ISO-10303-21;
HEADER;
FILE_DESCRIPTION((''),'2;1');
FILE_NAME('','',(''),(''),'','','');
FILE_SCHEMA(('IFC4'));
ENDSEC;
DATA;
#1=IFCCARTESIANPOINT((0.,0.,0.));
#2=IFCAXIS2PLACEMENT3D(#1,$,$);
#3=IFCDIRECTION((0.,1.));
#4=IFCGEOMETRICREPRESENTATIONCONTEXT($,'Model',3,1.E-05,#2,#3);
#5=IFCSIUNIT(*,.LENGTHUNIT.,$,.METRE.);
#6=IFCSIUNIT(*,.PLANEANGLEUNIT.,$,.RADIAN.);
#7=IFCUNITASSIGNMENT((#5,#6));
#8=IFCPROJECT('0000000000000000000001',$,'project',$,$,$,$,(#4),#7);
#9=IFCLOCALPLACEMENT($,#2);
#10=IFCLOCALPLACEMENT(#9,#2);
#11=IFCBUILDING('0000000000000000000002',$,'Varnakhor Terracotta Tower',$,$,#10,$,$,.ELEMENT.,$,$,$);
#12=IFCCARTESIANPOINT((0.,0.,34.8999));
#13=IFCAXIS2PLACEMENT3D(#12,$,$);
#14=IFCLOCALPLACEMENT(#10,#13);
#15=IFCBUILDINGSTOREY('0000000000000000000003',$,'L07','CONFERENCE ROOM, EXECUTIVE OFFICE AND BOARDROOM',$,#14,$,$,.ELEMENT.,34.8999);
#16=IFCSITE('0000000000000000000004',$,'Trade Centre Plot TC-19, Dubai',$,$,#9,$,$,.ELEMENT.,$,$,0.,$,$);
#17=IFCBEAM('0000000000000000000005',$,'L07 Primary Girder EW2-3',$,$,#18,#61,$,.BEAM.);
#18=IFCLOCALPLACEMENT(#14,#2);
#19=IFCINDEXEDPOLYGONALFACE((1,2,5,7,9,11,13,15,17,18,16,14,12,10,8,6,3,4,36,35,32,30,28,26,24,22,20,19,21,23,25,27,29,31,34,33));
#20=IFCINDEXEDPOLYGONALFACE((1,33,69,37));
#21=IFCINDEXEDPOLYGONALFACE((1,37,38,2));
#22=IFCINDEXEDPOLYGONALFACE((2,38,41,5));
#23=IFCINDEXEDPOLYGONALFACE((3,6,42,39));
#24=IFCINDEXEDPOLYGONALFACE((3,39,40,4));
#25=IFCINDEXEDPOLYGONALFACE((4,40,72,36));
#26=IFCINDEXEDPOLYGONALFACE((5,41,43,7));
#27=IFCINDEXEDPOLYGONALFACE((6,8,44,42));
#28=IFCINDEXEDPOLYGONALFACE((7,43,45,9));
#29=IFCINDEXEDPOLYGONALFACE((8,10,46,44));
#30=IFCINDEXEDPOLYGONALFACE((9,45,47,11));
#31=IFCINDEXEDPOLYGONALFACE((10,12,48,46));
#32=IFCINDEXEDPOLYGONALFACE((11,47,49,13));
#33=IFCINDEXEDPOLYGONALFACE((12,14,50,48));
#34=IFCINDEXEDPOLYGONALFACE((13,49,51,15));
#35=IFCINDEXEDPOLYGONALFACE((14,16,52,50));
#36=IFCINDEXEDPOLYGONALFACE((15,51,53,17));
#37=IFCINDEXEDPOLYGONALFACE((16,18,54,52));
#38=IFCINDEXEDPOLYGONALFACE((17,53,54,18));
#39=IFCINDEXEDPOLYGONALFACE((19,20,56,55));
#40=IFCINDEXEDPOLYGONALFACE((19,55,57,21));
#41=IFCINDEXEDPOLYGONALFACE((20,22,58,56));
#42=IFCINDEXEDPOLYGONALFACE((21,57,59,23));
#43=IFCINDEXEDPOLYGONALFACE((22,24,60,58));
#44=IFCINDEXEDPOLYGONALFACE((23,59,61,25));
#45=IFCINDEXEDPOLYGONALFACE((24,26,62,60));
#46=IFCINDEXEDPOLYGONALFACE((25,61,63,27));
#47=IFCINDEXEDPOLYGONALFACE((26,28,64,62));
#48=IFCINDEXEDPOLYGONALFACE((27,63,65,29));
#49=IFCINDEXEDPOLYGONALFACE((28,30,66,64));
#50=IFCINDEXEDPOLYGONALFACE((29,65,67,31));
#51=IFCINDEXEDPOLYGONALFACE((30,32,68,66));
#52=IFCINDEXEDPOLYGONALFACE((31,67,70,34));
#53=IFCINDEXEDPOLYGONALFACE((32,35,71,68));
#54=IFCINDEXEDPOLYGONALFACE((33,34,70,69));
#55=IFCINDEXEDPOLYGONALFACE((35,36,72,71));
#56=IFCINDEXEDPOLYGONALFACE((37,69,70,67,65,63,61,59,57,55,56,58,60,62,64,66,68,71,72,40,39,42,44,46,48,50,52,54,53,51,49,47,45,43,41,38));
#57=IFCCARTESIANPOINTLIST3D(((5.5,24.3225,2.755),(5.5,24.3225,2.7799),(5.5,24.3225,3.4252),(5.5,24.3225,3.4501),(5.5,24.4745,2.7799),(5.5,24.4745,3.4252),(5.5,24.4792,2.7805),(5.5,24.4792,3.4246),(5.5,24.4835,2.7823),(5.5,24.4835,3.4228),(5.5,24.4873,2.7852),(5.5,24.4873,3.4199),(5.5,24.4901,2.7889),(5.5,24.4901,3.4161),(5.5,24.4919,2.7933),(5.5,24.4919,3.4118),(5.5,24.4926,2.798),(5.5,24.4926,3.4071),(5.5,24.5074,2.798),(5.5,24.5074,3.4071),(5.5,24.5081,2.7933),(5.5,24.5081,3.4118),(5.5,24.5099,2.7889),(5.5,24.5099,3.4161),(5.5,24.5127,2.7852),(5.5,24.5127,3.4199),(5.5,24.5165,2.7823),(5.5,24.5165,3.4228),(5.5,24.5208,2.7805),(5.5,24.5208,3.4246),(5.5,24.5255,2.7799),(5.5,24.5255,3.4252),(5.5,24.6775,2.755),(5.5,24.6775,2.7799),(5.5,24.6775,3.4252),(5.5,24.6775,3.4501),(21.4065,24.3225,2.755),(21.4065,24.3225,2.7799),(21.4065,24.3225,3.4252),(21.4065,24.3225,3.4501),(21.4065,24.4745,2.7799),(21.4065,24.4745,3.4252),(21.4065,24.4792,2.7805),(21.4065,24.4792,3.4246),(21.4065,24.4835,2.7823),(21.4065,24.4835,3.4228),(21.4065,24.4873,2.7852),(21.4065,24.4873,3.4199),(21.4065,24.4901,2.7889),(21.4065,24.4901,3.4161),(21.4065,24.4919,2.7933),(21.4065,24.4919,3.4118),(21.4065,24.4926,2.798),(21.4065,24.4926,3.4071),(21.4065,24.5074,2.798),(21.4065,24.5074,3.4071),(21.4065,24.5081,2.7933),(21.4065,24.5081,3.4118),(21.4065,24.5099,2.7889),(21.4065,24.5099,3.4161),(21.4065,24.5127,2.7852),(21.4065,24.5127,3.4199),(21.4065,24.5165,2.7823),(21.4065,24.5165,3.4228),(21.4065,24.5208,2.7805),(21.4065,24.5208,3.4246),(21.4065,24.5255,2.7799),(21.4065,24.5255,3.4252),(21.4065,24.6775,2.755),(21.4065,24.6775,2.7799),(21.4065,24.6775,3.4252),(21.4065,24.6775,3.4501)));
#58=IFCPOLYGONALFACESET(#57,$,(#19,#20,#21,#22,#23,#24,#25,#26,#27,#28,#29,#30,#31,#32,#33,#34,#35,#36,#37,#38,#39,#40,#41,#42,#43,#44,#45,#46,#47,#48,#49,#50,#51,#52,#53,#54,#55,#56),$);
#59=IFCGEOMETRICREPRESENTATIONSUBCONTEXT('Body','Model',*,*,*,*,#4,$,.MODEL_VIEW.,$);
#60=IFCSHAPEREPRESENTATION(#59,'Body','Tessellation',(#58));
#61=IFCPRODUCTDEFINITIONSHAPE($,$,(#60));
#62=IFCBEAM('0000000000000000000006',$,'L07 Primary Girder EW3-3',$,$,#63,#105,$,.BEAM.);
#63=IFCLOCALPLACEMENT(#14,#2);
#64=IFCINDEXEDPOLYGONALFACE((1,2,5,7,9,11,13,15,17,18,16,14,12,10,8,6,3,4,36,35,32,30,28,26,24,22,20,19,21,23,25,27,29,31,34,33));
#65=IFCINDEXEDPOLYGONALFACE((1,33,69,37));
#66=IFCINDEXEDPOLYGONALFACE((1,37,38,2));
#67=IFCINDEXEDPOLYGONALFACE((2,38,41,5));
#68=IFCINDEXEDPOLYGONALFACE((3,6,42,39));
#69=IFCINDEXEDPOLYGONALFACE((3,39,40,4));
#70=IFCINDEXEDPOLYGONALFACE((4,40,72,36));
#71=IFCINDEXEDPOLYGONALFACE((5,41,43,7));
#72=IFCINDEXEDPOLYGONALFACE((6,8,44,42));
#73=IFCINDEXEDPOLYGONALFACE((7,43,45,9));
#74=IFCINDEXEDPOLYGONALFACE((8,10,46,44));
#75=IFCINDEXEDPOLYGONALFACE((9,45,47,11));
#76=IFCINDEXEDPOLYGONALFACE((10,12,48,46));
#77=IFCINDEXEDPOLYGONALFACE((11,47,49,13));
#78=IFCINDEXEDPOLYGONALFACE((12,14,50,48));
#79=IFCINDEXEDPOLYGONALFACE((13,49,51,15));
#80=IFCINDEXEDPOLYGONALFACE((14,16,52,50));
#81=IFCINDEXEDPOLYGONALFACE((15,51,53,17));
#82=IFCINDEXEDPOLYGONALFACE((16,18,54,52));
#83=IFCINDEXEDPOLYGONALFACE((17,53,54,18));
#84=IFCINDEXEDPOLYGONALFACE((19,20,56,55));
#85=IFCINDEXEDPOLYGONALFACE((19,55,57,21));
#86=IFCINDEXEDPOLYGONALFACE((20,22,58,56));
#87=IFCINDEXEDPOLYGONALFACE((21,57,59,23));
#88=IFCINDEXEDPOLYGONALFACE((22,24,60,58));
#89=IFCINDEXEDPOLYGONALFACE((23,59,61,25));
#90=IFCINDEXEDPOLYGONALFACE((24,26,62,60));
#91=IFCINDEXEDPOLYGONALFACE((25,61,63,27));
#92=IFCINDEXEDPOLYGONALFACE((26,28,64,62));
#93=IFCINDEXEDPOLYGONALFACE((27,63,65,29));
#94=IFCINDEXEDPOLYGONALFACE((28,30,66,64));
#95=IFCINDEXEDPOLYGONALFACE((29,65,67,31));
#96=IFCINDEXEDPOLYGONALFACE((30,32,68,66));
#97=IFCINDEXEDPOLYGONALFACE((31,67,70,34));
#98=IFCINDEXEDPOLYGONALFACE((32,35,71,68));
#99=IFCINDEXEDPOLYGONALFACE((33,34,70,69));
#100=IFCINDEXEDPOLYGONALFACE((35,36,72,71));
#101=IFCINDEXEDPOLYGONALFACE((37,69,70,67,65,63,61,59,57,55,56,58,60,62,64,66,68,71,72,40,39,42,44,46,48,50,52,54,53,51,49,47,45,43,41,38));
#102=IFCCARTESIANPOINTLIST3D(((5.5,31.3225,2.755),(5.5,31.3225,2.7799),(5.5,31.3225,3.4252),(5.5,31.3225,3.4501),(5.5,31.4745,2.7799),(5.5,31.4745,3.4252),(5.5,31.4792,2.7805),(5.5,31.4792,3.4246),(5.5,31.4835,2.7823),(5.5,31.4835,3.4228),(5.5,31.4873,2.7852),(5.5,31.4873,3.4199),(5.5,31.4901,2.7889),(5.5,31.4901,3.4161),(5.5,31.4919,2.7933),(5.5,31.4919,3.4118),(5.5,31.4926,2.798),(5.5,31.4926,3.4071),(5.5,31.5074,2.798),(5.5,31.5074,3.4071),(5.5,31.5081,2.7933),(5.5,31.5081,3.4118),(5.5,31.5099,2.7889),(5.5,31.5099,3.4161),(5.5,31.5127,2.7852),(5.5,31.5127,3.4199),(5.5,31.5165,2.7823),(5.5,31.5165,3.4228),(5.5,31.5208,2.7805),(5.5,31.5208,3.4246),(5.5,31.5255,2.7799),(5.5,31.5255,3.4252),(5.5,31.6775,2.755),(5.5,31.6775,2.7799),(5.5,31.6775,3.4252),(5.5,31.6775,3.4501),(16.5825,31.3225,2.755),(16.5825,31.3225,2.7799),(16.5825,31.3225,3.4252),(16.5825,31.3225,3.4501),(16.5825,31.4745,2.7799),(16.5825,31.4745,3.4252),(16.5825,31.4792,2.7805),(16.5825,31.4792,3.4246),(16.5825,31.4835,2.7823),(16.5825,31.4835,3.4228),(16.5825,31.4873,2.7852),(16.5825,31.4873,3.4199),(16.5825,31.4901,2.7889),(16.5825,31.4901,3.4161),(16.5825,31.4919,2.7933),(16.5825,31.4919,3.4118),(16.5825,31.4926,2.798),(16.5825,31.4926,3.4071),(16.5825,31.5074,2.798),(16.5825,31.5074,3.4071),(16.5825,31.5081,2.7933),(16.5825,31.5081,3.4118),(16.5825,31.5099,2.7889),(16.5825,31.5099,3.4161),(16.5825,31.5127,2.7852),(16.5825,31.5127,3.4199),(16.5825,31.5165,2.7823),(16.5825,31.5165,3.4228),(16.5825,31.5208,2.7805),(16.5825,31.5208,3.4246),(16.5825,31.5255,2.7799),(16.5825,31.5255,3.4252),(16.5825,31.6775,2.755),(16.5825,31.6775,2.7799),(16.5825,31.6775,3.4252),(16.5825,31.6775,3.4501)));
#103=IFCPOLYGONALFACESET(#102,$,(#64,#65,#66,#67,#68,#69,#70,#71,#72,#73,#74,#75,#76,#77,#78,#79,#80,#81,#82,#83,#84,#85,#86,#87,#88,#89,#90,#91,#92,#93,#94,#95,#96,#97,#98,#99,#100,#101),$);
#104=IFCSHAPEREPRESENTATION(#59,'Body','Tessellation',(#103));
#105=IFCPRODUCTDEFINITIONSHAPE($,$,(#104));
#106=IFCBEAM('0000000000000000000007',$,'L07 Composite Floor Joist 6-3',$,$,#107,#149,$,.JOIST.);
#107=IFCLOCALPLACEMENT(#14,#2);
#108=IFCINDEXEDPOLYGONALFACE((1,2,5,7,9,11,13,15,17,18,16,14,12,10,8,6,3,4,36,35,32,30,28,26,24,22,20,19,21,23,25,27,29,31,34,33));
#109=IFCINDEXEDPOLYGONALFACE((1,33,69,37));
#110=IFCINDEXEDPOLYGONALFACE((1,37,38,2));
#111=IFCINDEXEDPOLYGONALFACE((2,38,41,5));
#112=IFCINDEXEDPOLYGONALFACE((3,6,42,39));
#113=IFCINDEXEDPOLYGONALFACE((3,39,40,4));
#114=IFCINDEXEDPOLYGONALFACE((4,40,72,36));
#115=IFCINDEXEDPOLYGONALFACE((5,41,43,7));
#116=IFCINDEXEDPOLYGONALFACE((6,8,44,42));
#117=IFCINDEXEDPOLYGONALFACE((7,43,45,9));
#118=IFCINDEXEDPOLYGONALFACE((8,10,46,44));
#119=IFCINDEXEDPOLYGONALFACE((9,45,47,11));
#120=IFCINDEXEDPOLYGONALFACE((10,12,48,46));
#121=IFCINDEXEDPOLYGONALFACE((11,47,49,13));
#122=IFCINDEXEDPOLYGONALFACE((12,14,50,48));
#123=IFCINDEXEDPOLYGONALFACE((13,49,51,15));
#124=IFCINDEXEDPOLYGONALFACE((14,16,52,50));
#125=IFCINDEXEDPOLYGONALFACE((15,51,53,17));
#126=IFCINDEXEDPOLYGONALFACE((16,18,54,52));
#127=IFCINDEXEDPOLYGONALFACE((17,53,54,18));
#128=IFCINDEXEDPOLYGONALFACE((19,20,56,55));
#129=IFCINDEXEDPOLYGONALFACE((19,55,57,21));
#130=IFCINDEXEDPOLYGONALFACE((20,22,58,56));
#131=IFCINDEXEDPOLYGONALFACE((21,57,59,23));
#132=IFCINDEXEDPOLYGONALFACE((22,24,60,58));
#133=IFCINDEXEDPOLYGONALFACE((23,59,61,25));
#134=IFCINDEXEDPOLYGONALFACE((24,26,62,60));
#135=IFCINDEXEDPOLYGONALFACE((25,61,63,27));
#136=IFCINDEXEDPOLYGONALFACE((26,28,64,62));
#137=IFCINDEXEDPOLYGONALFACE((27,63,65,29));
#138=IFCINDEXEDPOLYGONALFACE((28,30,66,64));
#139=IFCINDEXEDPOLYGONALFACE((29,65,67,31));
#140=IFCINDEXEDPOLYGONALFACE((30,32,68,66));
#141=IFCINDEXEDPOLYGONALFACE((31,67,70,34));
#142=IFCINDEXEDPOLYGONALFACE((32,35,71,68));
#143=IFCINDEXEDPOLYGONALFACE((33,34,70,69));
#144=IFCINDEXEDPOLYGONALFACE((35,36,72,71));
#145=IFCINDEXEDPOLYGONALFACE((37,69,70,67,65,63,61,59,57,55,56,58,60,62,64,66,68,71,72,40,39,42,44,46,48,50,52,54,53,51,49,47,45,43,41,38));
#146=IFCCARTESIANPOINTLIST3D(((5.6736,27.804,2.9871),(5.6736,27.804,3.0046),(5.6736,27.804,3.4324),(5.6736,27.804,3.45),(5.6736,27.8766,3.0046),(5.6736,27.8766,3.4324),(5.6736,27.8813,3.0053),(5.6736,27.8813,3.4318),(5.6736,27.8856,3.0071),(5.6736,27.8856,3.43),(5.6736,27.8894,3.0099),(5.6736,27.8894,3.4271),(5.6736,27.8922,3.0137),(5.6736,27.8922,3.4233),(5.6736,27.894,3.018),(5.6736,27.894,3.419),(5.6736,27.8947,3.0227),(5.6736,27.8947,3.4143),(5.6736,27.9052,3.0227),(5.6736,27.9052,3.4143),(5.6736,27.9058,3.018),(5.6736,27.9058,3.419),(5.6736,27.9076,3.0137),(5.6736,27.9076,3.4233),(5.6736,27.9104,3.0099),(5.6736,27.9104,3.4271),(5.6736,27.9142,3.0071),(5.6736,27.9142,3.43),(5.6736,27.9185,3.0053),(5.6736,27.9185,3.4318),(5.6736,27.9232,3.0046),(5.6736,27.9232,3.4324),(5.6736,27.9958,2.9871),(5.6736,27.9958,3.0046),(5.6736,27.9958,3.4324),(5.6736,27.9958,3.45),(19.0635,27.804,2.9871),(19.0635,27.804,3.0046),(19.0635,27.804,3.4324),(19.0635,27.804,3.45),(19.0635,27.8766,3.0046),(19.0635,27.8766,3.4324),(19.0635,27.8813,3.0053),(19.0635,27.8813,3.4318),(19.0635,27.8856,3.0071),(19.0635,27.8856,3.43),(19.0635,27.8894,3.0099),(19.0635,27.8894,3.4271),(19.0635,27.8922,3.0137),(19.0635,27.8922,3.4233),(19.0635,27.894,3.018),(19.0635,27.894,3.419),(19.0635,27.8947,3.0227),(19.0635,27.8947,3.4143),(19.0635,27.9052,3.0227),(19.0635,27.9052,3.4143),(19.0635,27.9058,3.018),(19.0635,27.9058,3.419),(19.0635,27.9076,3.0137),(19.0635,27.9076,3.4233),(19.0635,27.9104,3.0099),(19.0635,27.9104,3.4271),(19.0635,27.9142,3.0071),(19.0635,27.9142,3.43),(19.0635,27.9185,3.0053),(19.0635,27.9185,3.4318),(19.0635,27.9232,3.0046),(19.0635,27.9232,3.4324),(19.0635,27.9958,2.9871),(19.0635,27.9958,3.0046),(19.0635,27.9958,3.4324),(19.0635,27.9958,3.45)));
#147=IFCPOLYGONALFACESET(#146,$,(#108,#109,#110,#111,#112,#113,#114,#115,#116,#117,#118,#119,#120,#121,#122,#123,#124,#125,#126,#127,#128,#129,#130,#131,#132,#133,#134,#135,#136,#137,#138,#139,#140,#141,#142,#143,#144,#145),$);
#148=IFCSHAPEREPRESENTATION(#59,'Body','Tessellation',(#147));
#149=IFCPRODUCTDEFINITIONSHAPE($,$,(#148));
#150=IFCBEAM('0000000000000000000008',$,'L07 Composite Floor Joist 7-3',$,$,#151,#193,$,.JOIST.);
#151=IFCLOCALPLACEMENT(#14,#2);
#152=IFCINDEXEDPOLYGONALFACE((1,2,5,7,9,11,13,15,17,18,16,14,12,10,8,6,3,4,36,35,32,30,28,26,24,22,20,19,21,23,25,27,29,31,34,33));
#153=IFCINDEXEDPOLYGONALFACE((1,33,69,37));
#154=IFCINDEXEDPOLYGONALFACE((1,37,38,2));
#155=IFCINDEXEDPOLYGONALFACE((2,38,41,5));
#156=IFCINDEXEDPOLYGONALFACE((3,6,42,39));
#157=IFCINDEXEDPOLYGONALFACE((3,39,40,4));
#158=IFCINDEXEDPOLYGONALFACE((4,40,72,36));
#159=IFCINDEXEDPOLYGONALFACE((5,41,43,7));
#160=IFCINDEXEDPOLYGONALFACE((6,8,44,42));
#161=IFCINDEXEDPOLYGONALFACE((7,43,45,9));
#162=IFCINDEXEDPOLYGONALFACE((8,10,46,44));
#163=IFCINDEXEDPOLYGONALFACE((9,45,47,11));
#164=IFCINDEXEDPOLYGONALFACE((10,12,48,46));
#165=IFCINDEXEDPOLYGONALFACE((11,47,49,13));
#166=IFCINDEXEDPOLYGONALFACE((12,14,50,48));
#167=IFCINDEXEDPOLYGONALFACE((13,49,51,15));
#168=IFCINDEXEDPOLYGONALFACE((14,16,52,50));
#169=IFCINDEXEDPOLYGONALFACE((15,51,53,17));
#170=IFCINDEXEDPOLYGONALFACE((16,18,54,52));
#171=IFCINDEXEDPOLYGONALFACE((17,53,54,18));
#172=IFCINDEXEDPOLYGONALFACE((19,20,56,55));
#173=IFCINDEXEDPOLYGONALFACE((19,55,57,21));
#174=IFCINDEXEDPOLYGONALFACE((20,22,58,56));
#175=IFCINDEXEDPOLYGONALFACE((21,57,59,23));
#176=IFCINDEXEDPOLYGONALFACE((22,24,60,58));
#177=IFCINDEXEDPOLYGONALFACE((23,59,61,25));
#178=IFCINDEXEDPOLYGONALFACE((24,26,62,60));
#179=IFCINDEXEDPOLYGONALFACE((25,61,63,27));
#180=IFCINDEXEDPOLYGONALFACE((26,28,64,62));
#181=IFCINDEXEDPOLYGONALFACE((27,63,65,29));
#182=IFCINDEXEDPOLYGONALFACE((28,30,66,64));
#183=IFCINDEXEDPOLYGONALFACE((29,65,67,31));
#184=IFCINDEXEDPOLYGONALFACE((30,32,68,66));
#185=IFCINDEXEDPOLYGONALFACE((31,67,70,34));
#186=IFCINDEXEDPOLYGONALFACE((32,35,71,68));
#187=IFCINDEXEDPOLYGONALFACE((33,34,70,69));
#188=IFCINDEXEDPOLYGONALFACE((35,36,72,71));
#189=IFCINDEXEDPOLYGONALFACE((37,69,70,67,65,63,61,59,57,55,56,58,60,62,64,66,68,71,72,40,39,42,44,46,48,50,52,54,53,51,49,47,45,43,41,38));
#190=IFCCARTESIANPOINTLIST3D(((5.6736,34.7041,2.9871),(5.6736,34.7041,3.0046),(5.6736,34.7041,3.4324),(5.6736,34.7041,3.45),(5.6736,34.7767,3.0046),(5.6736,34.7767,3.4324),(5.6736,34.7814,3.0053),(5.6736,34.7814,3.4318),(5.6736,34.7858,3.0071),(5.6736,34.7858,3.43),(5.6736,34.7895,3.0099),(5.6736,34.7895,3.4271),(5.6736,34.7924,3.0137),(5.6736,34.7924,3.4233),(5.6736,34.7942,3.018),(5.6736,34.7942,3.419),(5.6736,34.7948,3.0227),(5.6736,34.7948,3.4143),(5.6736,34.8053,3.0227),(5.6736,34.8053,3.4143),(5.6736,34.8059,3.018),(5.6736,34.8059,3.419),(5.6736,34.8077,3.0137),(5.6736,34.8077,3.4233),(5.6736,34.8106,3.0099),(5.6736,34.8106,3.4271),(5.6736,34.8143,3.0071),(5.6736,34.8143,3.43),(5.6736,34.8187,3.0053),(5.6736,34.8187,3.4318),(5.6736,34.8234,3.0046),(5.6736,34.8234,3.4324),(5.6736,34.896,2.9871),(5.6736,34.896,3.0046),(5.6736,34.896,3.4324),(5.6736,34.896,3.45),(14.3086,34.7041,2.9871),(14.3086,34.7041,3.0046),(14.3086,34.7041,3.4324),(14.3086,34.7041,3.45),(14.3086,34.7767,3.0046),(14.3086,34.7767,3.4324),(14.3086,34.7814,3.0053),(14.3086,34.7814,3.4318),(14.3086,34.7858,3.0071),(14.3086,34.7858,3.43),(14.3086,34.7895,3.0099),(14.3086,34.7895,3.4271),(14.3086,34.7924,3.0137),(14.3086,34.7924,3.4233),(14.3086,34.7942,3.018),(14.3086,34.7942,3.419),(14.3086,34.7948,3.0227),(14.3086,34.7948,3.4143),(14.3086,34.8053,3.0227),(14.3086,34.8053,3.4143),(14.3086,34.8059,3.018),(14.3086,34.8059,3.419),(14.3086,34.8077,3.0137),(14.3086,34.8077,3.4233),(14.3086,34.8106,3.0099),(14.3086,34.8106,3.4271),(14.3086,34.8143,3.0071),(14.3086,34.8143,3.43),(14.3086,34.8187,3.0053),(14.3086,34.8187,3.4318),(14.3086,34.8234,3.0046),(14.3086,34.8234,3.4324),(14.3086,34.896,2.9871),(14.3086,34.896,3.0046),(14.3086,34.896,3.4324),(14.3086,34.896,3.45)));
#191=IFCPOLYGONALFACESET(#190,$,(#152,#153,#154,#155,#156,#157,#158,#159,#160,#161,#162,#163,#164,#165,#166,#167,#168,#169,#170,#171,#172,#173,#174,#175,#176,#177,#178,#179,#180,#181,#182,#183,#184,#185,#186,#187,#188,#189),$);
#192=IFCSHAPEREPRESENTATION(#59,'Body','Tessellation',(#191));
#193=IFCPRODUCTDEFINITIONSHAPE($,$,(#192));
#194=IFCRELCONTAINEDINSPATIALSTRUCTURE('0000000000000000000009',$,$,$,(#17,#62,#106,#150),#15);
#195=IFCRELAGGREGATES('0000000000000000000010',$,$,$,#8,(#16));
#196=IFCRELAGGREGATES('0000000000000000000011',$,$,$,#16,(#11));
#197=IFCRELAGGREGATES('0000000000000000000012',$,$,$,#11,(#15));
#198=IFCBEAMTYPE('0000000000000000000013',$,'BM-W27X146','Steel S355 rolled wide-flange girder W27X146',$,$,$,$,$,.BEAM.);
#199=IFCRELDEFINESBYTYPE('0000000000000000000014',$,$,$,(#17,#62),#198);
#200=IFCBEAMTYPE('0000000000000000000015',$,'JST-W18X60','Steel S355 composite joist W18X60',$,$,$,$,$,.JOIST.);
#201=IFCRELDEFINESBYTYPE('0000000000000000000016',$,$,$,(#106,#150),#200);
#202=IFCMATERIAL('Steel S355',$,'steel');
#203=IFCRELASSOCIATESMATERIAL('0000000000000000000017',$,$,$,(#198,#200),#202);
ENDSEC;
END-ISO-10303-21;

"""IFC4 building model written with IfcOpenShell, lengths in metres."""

from ifc_helpers import new_model, si_unit, direction, frame, origin, origin_2d, place, context, subcontext, project, spatial, i_section, extrude, source, transform, mapped, material, material_profile, profile_set, type_object, element, save


model = new_model("IFC4")

# Units and contexts
model_context = context("Model", 3, precision=1e-05, world=origin(), true_north=direction((0.0, 1.0)))
body_context = subcontext(model_context, "Body", "Model", "MODEL_VIEW")
ifc_project = project(units=[si_unit("LENGTHUNIT", "METRE"), si_unit("PLANEANGLEUNIT", "RADIAN")], contexts=[model_context])

# Site, building, storey
site_placement = place(None, origin())
site = spatial("IfcSite", under=ifc_project, at=site_placement, Name="Trade Centre Plot TC-19, Dubai", CompositionType="ELEMENT", RefElevation=0.0)
building_placement = place(site_placement, origin())
building = spatial("IfcBuilding", under=site, at=building_placement, Name="Varnakhor Terracotta Tower", CompositionType="ELEMENT")
storey_placement = place(building_placement, frame((0.0, 0.0, 34.8999)))
storey = spatial("IfcBuildingStorey", under=building, at=storey_placement, Name="L07", Description="CONFERENCE ROOM, EXECUTIVE OFFICE AND BOARDROOM", CompositionType="ELEMENT", Elevation=34.8999)

# Beams
ifc_material_1 = material(Name="Steel S355", Category="steel")
ifc_material_profile_1 = material_profile(ifc_material_1, i_section(OverallWidth=0.355, OverallDepth=0.6951, WebThickness=0.0149, FlangeThickness=0.0249, FilletRadius=0.0181, at=origin_2d()), Name="W27X146")
ifc_profile_set_1 = profile_set([ifc_material_profile_1], Name="Steel S355")
beam_type_1 = type_object("IfcBeamType", Name="BM-W27X146", Description="Steel S355 rolled wide-flange girder W27X146", PredefinedType="BEAM", material=ifc_profile_set_1)
shared_shape_1 = source(origin(), body_context, "Body", "SweptSolid", [
    extrude(i_section(OverallWidth=0.355, OverallDepth=0.6951, WebThickness=0.0149, FlangeThickness=0.0249, FilletRadius=0.0181, at=origin_2d()), origin(), (0.0, 0.0, 1.0), 15.9065),
])
beam_1_placement = place(storey_placement, frame((5.5, 24.5, 3.1025), z_axis=(1.0, 0.0, 0.0), x_axis=(0.0, 1.0, 0.0)))
element("IfcBeam", 1, at=beam_1_placement, inside=storey, type_object=beam_type_1, Name="L07 Primary Girder EW2-3", PredefinedType="BEAM", context=body_context, shape_type="MappedRepresentation", body=[
    mapped(shared_shape_1, transform((0.0, 0.0, 0.0), scale=1.0)),
])
shared_shape_2 = source(origin(), body_context, "Body", "SweptSolid", [
    extrude(i_section(OverallWidth=0.355, OverallDepth=0.6951, WebThickness=0.0149, FlangeThickness=0.0249, FilletRadius=0.0181, at=origin_2d()), origin(), (0.0, 0.0, 1.0), 11.0825),
])
beam_2_placement = place(storey_placement, frame((5.5, 31.5, 3.1025), z_axis=(1.0, 0.0, 0.0), x_axis=(0.0, 1.0, 0.0)))
element("IfcBeam", 2, at=beam_2_placement, inside=storey, type_object=beam_type_1, Name="L07 Primary Girder EW3-3", PredefinedType="BEAM", context=body_context, shape_type="MappedRepresentation", body=[
    mapped(shared_shape_2, transform((0.0, 0.0, 0.0), scale=1.0)),
])
ifc_material_profile_2 = material_profile(ifc_material_1, i_section(OverallWidth=0.1919, OverallDepth=0.4629, WebThickness=0.0105, FlangeThickness=0.0176, FilletRadius=0.0181, at=origin_2d()), Name="W18X60")
ifc_profile_set_2 = profile_set([ifc_material_profile_2], Name="Steel S355")
beam_type_2 = type_object("IfcBeamType", Name="JST-W18X60", Description="Steel S355 composite joist W18X60", PredefinedType="JOIST", material=ifc_profile_set_2)
shared_shape_3 = source(origin(), body_context, "Body", "SweptSolid", [
    extrude(i_section(OverallWidth=0.1919, OverallDepth=0.4629, WebThickness=0.0105, FlangeThickness=0.0176, FilletRadius=0.0181, at=origin_2d()), origin(), (0.0, 0.0, 1.0), 13.3899),
])
beam_3_placement = place(storey_placement, frame((5.6736, 27.8999, 3.2185), z_axis=(1.0, 0.0, 0.0), x_axis=(0.0, 1.0, 0.0)))
element("IfcBeam", 3, at=beam_3_placement, inside=storey, type_object=beam_type_2, Name="L07 Composite Floor Joist 6-3", PredefinedType="JOIST", context=body_context, shape_type="MappedRepresentation", body=[
    mapped(shared_shape_3, transform((0.0, 0.0, 0.0), scale=1.0)),
])
shared_shape_4 = source(origin(), body_context, "Body", "SweptSolid", [
    extrude(i_section(OverallWidth=0.1919, OverallDepth=0.4629, WebThickness=0.0105, FlangeThickness=0.0176, FilletRadius=0.0181, at=origin_2d()), origin(), (0.0, 0.0, 1.0), 8.635),
])
beam_4_placement = place(storey_placement, frame((5.6736, 34.8, 3.2185), z_axis=(1.0, 0.0, 0.0), x_axis=(0.0, 1.0, 0.0)))
element("IfcBeam", 4, at=beam_4_placement, inside=storey, type_object=beam_type_2, Name="L07 Composite Floor Joist 7-3", PredefinedType="JOIST", context=body_context, shape_type="MappedRepresentation", body=[
    mapped(shared_shape_4, transform((0.0, 0.0, 0.0), scale=1.0)),
])

save(model, "model.ifc")
